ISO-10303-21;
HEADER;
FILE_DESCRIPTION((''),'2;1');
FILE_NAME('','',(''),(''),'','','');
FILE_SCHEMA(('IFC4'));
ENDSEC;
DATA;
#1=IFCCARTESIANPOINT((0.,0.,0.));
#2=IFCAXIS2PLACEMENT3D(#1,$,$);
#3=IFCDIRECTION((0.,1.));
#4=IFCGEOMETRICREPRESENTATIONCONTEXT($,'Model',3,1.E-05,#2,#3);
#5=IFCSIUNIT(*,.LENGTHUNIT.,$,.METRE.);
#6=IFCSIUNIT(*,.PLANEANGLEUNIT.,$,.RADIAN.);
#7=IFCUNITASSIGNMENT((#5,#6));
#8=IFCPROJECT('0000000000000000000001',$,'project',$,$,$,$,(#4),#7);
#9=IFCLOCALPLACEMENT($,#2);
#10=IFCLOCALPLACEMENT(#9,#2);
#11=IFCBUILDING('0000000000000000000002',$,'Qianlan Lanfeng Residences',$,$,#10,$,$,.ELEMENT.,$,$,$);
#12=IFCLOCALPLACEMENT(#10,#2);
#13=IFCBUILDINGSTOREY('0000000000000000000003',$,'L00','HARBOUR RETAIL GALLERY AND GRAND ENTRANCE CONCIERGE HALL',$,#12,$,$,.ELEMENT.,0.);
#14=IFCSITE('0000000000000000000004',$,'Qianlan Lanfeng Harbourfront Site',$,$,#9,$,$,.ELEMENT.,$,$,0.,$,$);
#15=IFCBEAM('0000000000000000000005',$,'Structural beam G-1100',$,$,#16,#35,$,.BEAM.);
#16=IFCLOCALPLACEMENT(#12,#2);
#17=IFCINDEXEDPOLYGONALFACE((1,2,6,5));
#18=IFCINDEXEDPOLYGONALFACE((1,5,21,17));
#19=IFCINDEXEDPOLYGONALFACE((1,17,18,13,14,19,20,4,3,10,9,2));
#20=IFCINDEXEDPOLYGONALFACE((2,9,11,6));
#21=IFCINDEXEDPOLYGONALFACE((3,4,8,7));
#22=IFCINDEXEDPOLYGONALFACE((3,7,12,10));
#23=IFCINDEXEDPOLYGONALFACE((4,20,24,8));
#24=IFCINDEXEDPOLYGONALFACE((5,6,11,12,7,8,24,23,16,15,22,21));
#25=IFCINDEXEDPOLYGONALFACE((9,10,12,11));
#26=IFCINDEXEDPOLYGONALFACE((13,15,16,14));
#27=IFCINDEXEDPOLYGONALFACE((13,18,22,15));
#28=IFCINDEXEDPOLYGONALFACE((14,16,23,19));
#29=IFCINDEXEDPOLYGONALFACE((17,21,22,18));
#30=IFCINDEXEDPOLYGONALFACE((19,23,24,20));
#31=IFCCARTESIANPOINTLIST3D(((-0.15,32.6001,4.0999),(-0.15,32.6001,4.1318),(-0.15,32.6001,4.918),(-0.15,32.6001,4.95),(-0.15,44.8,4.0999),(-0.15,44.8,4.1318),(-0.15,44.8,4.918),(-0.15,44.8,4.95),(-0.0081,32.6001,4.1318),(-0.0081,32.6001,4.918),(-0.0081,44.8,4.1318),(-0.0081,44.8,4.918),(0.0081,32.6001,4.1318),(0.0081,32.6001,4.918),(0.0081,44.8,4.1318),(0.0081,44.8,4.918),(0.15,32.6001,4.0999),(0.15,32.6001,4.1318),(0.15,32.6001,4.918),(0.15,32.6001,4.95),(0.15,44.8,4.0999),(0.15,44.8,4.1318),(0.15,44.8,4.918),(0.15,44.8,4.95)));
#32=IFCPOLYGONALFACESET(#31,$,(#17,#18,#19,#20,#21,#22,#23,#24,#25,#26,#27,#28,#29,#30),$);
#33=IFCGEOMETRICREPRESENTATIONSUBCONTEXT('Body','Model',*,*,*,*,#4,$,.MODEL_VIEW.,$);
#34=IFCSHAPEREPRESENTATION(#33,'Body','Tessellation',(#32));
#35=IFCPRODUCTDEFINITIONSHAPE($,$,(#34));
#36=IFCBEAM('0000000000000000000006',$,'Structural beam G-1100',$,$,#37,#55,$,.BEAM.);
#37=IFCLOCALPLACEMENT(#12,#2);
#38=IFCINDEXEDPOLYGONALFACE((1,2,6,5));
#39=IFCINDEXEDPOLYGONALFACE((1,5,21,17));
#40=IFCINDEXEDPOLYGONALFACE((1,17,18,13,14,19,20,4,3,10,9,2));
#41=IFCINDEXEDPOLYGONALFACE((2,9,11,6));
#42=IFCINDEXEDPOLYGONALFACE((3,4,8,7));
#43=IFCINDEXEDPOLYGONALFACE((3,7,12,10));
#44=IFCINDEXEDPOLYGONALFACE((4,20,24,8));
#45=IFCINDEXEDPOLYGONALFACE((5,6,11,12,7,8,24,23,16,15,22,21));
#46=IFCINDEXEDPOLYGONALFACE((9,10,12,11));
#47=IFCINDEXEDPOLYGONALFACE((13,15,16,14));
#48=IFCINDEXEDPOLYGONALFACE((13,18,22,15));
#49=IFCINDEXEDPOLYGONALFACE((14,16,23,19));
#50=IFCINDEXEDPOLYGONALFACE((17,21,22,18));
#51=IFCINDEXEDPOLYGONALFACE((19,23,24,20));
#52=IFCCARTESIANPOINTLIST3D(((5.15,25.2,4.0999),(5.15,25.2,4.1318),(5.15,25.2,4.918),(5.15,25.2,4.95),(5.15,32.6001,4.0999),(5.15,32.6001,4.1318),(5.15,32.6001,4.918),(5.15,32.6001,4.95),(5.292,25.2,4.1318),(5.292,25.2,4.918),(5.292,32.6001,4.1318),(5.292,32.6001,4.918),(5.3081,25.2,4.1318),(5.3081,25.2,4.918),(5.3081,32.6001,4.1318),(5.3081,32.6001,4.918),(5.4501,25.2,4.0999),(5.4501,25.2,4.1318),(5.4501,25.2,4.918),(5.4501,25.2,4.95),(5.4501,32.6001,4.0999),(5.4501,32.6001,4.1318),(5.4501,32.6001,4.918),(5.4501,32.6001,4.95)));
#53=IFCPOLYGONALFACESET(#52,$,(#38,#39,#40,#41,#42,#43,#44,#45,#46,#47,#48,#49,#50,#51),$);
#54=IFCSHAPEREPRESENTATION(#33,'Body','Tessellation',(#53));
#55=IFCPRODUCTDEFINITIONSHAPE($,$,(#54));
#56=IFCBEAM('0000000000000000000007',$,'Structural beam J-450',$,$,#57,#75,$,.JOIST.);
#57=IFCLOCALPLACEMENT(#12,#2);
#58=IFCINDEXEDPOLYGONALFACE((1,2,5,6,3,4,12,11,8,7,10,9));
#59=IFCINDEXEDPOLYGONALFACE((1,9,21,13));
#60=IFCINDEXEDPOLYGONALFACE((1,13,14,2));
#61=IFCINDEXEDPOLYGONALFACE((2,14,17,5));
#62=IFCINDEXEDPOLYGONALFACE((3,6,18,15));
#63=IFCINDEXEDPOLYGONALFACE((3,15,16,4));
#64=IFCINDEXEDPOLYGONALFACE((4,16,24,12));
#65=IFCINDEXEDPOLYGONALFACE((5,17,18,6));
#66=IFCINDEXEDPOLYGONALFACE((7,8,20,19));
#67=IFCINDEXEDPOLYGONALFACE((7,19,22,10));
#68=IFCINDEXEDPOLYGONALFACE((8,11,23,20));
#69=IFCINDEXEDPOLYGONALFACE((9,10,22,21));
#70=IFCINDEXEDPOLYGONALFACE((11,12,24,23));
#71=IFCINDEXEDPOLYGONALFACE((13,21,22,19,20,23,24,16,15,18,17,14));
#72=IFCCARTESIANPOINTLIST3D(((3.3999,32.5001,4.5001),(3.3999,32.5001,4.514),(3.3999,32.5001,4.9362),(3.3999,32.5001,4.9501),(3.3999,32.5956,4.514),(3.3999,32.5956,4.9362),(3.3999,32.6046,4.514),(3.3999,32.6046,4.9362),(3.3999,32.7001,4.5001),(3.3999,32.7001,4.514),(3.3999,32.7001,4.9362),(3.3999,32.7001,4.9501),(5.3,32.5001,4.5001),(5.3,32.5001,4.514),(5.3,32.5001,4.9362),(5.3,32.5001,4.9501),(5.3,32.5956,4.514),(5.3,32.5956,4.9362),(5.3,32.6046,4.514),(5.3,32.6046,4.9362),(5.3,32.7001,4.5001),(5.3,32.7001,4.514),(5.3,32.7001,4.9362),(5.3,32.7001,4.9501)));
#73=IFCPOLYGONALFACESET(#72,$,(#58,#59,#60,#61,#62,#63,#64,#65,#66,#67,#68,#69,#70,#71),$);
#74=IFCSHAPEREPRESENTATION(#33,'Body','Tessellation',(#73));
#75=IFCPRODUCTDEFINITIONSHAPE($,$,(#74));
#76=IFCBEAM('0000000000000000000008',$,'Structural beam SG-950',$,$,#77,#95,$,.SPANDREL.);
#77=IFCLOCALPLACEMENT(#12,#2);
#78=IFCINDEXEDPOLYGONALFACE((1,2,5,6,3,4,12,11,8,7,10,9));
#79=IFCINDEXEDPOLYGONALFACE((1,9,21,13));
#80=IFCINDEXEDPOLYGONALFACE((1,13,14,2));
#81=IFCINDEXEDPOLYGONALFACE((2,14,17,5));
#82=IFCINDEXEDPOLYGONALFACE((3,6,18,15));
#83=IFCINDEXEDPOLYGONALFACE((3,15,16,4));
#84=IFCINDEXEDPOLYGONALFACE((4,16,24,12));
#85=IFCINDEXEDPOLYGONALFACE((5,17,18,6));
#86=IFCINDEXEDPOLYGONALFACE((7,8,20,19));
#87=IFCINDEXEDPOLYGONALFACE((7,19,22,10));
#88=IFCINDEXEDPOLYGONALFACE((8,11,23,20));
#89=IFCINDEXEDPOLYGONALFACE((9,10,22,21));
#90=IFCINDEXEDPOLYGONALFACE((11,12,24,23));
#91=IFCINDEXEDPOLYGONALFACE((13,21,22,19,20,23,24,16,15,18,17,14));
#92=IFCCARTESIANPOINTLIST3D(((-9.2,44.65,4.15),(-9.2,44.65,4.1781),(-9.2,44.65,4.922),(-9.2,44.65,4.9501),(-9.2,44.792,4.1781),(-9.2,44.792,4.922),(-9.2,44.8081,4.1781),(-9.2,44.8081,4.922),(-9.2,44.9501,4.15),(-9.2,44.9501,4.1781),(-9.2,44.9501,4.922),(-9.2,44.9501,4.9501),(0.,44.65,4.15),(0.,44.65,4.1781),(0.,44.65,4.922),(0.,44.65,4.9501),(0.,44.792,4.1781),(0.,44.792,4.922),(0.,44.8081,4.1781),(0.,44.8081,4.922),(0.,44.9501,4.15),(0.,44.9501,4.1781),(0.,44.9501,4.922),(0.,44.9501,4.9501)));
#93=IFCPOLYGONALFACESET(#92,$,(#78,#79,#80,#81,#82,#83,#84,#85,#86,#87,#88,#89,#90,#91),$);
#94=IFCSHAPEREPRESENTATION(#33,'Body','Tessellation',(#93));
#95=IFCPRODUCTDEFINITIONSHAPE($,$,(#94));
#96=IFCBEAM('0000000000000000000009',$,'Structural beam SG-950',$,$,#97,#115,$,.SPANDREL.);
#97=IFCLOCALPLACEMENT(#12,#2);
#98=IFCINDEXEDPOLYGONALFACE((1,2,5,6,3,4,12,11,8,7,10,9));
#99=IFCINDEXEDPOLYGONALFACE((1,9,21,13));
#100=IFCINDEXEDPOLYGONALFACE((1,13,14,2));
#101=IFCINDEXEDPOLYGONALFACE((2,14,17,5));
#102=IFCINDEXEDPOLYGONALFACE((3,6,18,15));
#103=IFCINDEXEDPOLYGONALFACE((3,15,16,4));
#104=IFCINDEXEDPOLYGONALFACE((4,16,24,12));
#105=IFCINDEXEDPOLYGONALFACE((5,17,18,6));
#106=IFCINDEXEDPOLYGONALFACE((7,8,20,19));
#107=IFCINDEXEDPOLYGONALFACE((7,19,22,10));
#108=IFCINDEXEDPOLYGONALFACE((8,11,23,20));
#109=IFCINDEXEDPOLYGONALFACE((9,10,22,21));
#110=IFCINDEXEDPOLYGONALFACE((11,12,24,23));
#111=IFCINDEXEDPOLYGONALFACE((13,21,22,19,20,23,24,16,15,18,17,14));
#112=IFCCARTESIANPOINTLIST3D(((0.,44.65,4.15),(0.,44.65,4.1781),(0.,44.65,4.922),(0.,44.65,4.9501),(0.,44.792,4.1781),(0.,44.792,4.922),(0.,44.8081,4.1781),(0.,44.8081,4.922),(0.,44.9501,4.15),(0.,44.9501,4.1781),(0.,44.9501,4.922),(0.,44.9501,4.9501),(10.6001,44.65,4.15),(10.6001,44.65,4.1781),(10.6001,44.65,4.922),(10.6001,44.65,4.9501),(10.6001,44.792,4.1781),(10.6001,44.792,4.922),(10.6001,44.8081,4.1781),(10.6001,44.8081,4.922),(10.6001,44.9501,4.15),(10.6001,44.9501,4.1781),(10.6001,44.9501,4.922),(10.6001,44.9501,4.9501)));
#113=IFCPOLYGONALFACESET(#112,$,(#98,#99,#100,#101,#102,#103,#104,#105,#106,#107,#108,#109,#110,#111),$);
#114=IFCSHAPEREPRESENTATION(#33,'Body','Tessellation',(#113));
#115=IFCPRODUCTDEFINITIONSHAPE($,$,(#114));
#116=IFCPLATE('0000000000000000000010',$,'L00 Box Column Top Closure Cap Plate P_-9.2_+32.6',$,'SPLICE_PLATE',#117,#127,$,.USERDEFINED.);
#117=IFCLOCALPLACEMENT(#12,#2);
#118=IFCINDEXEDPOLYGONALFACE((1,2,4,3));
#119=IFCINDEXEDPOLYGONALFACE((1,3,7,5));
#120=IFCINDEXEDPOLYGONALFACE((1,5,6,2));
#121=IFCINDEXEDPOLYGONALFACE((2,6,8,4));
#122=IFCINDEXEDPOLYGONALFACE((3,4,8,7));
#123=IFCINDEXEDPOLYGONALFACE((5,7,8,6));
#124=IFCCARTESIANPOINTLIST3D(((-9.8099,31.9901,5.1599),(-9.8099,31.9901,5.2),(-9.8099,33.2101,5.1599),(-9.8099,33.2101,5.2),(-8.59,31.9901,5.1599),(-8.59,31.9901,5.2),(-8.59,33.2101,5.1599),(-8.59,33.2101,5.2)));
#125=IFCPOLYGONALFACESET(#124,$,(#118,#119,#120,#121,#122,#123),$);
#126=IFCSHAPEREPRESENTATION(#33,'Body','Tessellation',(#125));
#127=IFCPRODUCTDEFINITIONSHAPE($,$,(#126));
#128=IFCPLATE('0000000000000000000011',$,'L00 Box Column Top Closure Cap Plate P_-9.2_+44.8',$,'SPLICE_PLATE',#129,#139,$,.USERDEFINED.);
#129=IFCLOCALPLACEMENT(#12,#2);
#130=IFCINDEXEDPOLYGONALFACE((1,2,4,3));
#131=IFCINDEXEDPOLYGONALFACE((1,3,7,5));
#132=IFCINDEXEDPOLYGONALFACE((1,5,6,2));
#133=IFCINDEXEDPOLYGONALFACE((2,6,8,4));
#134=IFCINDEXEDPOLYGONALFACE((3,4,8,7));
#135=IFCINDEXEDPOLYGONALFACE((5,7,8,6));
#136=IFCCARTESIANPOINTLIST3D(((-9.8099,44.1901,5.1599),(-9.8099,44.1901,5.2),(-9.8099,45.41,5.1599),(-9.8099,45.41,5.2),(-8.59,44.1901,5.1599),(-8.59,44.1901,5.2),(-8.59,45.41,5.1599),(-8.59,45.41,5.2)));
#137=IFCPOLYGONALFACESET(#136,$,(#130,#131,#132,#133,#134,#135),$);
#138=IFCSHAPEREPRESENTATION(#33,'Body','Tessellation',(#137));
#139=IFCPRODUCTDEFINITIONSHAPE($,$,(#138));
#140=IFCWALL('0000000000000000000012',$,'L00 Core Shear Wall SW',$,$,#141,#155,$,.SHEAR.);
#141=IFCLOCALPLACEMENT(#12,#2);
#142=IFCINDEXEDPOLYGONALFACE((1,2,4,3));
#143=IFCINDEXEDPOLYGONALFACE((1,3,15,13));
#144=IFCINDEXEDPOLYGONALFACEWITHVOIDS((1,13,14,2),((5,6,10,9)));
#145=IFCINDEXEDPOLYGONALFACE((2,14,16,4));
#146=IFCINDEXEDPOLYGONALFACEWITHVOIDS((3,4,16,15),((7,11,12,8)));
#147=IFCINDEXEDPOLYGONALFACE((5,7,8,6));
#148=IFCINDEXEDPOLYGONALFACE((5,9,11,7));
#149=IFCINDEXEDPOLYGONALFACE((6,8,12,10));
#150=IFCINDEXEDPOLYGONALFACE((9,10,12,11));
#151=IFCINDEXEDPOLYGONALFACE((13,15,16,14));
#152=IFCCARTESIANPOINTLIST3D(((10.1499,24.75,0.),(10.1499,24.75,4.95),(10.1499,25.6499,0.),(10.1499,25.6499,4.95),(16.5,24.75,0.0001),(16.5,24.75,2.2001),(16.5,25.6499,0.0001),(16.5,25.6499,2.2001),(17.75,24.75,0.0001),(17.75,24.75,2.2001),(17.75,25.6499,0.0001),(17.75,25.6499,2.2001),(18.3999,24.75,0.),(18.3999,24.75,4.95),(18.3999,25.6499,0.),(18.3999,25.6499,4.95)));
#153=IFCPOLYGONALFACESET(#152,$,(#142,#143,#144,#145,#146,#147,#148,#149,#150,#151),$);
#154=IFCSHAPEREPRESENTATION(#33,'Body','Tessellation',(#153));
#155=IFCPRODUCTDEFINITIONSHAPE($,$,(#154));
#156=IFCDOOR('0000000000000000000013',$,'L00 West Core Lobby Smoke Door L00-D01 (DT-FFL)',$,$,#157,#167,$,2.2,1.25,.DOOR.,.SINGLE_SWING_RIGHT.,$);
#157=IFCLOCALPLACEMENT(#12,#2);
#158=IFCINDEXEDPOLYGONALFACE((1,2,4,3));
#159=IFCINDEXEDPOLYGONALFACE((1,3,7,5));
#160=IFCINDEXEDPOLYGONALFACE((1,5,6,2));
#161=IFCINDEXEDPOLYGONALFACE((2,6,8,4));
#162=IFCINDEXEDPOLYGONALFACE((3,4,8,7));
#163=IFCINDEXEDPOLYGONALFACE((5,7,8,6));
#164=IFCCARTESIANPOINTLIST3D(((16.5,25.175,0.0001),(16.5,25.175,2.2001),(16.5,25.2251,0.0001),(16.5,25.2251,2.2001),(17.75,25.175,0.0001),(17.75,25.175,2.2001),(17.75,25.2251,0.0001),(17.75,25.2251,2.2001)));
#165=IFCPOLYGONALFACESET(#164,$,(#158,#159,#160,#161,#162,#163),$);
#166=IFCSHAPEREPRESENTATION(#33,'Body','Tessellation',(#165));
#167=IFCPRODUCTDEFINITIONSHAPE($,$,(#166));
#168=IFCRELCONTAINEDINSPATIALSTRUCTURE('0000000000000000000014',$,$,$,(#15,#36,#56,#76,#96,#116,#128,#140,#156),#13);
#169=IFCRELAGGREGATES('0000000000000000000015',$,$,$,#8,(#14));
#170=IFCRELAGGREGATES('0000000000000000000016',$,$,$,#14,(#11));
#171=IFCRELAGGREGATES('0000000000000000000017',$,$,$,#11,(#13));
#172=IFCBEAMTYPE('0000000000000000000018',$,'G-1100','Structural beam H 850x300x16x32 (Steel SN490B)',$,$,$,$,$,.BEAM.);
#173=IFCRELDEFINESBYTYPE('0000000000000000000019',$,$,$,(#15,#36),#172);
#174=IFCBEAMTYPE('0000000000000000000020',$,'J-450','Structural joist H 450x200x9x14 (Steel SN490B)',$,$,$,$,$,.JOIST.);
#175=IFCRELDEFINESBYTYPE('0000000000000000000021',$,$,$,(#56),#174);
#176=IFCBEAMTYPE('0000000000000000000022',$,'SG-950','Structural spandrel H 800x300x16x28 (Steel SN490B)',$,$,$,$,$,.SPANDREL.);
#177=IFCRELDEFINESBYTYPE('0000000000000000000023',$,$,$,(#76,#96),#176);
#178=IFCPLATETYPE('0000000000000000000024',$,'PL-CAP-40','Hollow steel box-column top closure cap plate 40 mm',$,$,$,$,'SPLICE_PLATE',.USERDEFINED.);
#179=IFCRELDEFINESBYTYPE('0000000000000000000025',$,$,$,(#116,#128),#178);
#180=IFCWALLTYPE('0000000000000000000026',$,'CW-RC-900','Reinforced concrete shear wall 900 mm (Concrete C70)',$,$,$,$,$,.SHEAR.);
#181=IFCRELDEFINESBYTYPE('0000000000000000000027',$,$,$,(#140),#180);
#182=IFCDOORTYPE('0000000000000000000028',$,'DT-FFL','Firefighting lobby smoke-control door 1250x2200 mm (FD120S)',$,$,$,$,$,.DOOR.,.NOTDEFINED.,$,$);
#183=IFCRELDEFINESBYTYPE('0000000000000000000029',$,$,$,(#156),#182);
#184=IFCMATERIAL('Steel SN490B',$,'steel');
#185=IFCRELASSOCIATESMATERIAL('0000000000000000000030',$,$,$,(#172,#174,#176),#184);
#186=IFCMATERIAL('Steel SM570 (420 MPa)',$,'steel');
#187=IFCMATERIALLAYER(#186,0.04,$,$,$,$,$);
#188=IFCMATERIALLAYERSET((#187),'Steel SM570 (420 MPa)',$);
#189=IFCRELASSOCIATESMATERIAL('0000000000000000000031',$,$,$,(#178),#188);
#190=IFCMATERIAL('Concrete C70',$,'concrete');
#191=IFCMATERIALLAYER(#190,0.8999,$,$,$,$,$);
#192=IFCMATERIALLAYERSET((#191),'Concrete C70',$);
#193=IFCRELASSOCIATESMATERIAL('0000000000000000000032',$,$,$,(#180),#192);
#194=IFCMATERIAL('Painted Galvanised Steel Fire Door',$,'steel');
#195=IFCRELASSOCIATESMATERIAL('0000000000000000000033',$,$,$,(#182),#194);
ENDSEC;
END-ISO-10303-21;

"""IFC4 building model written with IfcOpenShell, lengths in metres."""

from ifc_helpers import new_model, si_unit, direction, frame, frame_2d, origin, origin_2d, place, context, subcontext, project, spatial, rectangle, i_section, extrude, source, transform, mapped, material, layer, layer_set, material_profile, profile_set, type_object, element, fill, save


model = new_model("IFC4")

# Units and contexts
model_context = context("Model", 3, precision=1e-05, world=origin(), true_north=direction((0.0, 1.0)))
body_context = subcontext(model_context, "Body", "Model", "MODEL_VIEW")
ifc_project = project(units=[si_unit("LENGTHUNIT", "METRE"), si_unit("PLANEANGLEUNIT", "RADIAN")], contexts=[model_context])

# Site, building, storey
site_placement = place(None, origin())
site = spatial("IfcSite", under=ifc_project, at=site_placement, Name="Qianlan Lanfeng Harbourfront Site", CompositionType="ELEMENT", RefElevation=0.0)
building_placement = place(site_placement, origin())
building = spatial("IfcBuilding", under=site, at=building_placement, Name="Qianlan Lanfeng Residences", CompositionType="ELEMENT")
storey_placement = place(building_placement, origin())
storey = spatial("IfcBuildingStorey", under=building, at=storey_placement, Name="L00", Description="HARBOUR RETAIL GALLERY AND GRAND ENTRANCE CONCIERGE HALL", CompositionType="ELEMENT", Elevation=0.0)

# Shared definitions
ifc_material_1 = material(Name="Steel SM570 (420 MPa)", Category="steel")

# Beams
ifc_material_2 = material(Name="Steel SN490B", Category="steel")
ifc_material_profile_1 = material_profile(ifc_material_2, i_section(OverallWidth=0.3, OverallDepth=0.8501, WebThickness=0.0161, FlangeThickness=0.032, at=origin_2d()), Name="H 850x300x16x32")
ifc_profile_set_1 = profile_set([ifc_material_profile_1], Name="Steel SN490B")
beam_type_1 = type_object("IfcBeamType", Name="G-1100", Description="Structural beam H 850x300x16x32 (Steel SN490B)", PredefinedType="BEAM", material=ifc_profile_set_1)
for number, where, z_axis, x_axis, name in (
    (1, (0.0, 32.6001, 4.5249), (0.0, 1.0, 0.0), (-1.0, 0.0, 0.0), "Structural beam G-1100"),
):
    element("IfcBeam", number, at=place(storey_placement, frame(where, z_axis=z_axis, x_axis=x_axis)), inside=storey, type_object=beam_type_1, Name=name, PredefinedType="BEAM", context=body_context, shape_type="SweptSolid", body=[
        extrude(i_section(OverallWidth=0.3, OverallDepth=0.8501, WebThickness=0.0161, FlangeThickness=0.032, at=origin_2d()), origin(), (0.0, 0.0, 1.0), 12.2),
    ])
beam_1_placement = place(storey_placement, frame((5.3, 25.2, 4.5249), z_axis=(0.0, 1.0, 0.0), x_axis=(-1.0, 0.0, 0.0)))
element("IfcBeam", 2, at=beam_1_placement, inside=storey, type_object=beam_type_1, Name="Structural beam G-1100", PredefinedType="BEAM", context=body_context, shape_type="SweptSolid", body=[
    extrude(i_section(OverallWidth=0.3, OverallDepth=0.8501, WebThickness=0.0161, FlangeThickness=0.032, at=origin_2d()), origin(), (0.0, 0.0, 1.0), 7.4001),
])
ifc_material_profile_2 = material_profile(ifc_material_2, i_section(OverallWidth=0.2, OverallDepth=0.45, WebThickness=0.009, FlangeThickness=0.0139, at=origin_2d()), Name="H 450x200x9x14")
ifc_profile_set_2 = profile_set([ifc_material_profile_2], Name="Steel SN490B")
beam_type_2 = type_object("IfcBeamType", Name="J-450", Description="Structural joist H 450x200x9x14 (Steel SN490B)", PredefinedType="JOIST", material=ifc_profile_set_2)
beam_2_placement = place(storey_placement, frame((3.3999, 32.6001, 4.7251), z_axis=(1.0, 0.0, 0.0), x_axis=(0.0, 1.0, 0.0)))
element("IfcBeam", 3, at=beam_2_placement, inside=storey, type_object=beam_type_2, Name="Structural beam J-450", PredefinedType="JOIST", context=body_context, shape_type="SweptSolid", body=[
    extrude(i_section(OverallWidth=0.2, OverallDepth=0.45, WebThickness=0.009, FlangeThickness=0.0139, at=origin_2d()), origin(), (0.0, 0.0, 1.0), 1.9001),
])
ifc_material_profile_3 = material_profile(ifc_material_2, i_section(OverallWidth=0.3, OverallDepth=0.8, WebThickness=0.0161, FlangeThickness=0.0281, at=origin_2d()), Name="H 800x300x16x28")
ifc_profile_set_3 = profile_set([ifc_material_profile_3], Name="Steel SN490B")
beam_type_3 = type_object("IfcBeamType", Name="SG-950", Description="Structural spandrel H 800x300x16x28 (Steel SN490B)", PredefinedType="SPANDREL", material=ifc_profile_set_3)
beam_3_placement = place(storey_placement, frame((-9.2, 44.8, 4.55), z_axis=(1.0, 0.0, 0.0), x_axis=(0.0, 1.0, 0.0)))
element("IfcBeam", 4, at=beam_3_placement, inside=storey, type_object=beam_type_3, Name="Structural beam SG-950", PredefinedType="SPANDREL", context=body_context, shape_type="SweptSolid", body=[
    extrude(i_section(OverallWidth=0.3, OverallDepth=0.8, WebThickness=0.0161, FlangeThickness=0.0281, at=origin_2d()), origin(), (0.0, 0.0, 1.0), 9.2),
])
beam_4_placement = place(storey_placement, frame((0.0, 44.8, 4.55), z_axis=(1.0, 0.0, 0.0), x_axis=(0.0, 1.0, 0.0)))
element("IfcBeam", 5, at=beam_4_placement, inside=storey, type_object=beam_type_3, Name="Structural beam SG-950", PredefinedType="SPANDREL", context=body_context, shape_type="SweptSolid", body=[
    extrude(i_section(OverallWidth=0.3, OverallDepth=0.8, WebThickness=0.0161, FlangeThickness=0.0281, at=origin_2d()), origin(), (0.0, 0.0, 1.0), 10.6001),
])

# Plates
ifc_layer_1 = layer(ifc_material_1, 0.04)
ifc_layer_set_1 = layer_set([ifc_layer_1], Name="Steel SM570 (420 MPa)")
plate_type = type_object("IfcPlateType", Name="PL-CAP-40", Description="Hollow steel box-column top closure cap plate 40 mm", ElementType="SPLICE_PLATE", PredefinedType="USERDEFINED", material=ifc_layer_set_1)
shared_shape = source(origin(), body_context, "Body", "SweptSolid", [
    extrude(rectangle(XDim=1.22, YDim=1.22, at=origin_2d()), origin(), (0.0, 0.0, 1.0), 0.04),
])
for number, where, z_axis, x_axis, name in (
    (6, (-9.2, 32.6001, 5.1599), (0.0, 0.0, 1.0), (1.0, 0.0, 0.0), "L00 Box Column Top Closure Cap Plate P_-9.2_+32.6"),
    (7, (-9.2, 44.8, 5.1599), (0.0, 0.0, 1.0), (1.0, 0.0, 0.0), "L00 Box Column Top Closure Cap Plate P_-9.2_+44.8"),
):
    element("IfcPlate", number, at=place(storey_placement, frame(where, z_axis=z_axis, x_axis=x_axis)), inside=storey, type_object=plate_type, Name=name, ObjectType="SPLICE_PLATE", PredefinedType="USERDEFINED", context=body_context, shape_type="MappedRepresentation", body=[
        mapped(shared_shape, transform((0.0, 0.0, 0.0), scale=1.0)),
    ])

# Wall, opening, door
ifc_material_3 = material(Name="Concrete C70", Category="concrete")
ifc_layer_2 = layer(ifc_material_3, 0.8999)
ifc_layer_set_2 = layer_set([ifc_layer_2], Name="Concrete C70")
wall_type_1 = type_object("IfcWallType", Name="CW-RC-900", Description="Reinforced concrete shear wall 900 mm (Concrete C70)", PredefinedType="SHEAR", material=ifc_layer_set_2)
wall_1_placement = place(storey_placement, frame((10.1499, 25.2, 0.0), z_axis=(0.0, 0.0, 1.0), x_axis=(1.0, 0.0, 0.0)))
wall_1 = element("IfcWall", 8, at=wall_1_placement, inside=storey, type_object=wall_type_1, Name="L00 Core Shear Wall SW", PredefinedType="SHEAR", context=body_context, shape_type="SweptSolid", body=[
    extrude(rectangle(XDim=8.25, YDim=0.8999, at=frame_2d((4.125, 0.0))), origin(), (0.0, 0.0, 1.0), 4.95),
])
opening_1_placement = place(wall_1_placement, frame((6.3501, 0.0, 0.0)))
opening_1 = element("IfcOpeningElement", 9, at=opening_1_placement, cuts=wall_1, PredefinedType="OPENING", context=body_context, shape_type="SweptSolid", body=[
    extrude(rectangle(XDim=1.25, YDim=2.2, at=frame_2d((0.625, 1.1001))), frame((0.0, 0.46, 0.0), z_axis=(0.0, -1.0, 0.0), x_axis=(1.0, 0.0, 0.0)), (0.0, 0.0, 1.0), 0.9199),
])
ifc_material_4 = material(Name="Painted Galvanised Steel Fire Door", Category="steel")
door_type_1 = type_object("IfcDoorType", Name="DT-FFL", Description="Firefighting lobby smoke-control door 1250x2200 mm (FD120S)", OperationType="NOTDEFINED", PredefinedType="DOOR", material=ifc_material_4)
door_1_placement = place(opening_1_placement, frame((1.25, 0.0, 0.0), z_axis=(0.0, 0.0, 1.0), x_axis=(-1.0, 0.0, 0.0)))
door_1 = element("IfcDoor", 10, at=door_1_placement, inside=storey, type_object=door_type_1, Name="L00 West Core Lobby Smoke Door L00-D01 (DT-FFL)", OperationType="SINGLE_SWING_RIGHT", OverallHeight=2.2, OverallWidth=1.25, PredefinedType="DOOR", context=body_context, shape_type="SweptSolid", body=[
    extrude(rectangle(XDim=1.25, YDim=2.2, at=frame_2d((0.625, 1.1001))), frame((0.0, 0.0249, 0.0), z_axis=(0.0, -1.0, 0.0), x_axis=(1.0, 0.0, 0.0)), (0.0, 0.0, 1.0), 0.05),
])
fill(opening_1, door_1)

save(model, "model.ifc")
